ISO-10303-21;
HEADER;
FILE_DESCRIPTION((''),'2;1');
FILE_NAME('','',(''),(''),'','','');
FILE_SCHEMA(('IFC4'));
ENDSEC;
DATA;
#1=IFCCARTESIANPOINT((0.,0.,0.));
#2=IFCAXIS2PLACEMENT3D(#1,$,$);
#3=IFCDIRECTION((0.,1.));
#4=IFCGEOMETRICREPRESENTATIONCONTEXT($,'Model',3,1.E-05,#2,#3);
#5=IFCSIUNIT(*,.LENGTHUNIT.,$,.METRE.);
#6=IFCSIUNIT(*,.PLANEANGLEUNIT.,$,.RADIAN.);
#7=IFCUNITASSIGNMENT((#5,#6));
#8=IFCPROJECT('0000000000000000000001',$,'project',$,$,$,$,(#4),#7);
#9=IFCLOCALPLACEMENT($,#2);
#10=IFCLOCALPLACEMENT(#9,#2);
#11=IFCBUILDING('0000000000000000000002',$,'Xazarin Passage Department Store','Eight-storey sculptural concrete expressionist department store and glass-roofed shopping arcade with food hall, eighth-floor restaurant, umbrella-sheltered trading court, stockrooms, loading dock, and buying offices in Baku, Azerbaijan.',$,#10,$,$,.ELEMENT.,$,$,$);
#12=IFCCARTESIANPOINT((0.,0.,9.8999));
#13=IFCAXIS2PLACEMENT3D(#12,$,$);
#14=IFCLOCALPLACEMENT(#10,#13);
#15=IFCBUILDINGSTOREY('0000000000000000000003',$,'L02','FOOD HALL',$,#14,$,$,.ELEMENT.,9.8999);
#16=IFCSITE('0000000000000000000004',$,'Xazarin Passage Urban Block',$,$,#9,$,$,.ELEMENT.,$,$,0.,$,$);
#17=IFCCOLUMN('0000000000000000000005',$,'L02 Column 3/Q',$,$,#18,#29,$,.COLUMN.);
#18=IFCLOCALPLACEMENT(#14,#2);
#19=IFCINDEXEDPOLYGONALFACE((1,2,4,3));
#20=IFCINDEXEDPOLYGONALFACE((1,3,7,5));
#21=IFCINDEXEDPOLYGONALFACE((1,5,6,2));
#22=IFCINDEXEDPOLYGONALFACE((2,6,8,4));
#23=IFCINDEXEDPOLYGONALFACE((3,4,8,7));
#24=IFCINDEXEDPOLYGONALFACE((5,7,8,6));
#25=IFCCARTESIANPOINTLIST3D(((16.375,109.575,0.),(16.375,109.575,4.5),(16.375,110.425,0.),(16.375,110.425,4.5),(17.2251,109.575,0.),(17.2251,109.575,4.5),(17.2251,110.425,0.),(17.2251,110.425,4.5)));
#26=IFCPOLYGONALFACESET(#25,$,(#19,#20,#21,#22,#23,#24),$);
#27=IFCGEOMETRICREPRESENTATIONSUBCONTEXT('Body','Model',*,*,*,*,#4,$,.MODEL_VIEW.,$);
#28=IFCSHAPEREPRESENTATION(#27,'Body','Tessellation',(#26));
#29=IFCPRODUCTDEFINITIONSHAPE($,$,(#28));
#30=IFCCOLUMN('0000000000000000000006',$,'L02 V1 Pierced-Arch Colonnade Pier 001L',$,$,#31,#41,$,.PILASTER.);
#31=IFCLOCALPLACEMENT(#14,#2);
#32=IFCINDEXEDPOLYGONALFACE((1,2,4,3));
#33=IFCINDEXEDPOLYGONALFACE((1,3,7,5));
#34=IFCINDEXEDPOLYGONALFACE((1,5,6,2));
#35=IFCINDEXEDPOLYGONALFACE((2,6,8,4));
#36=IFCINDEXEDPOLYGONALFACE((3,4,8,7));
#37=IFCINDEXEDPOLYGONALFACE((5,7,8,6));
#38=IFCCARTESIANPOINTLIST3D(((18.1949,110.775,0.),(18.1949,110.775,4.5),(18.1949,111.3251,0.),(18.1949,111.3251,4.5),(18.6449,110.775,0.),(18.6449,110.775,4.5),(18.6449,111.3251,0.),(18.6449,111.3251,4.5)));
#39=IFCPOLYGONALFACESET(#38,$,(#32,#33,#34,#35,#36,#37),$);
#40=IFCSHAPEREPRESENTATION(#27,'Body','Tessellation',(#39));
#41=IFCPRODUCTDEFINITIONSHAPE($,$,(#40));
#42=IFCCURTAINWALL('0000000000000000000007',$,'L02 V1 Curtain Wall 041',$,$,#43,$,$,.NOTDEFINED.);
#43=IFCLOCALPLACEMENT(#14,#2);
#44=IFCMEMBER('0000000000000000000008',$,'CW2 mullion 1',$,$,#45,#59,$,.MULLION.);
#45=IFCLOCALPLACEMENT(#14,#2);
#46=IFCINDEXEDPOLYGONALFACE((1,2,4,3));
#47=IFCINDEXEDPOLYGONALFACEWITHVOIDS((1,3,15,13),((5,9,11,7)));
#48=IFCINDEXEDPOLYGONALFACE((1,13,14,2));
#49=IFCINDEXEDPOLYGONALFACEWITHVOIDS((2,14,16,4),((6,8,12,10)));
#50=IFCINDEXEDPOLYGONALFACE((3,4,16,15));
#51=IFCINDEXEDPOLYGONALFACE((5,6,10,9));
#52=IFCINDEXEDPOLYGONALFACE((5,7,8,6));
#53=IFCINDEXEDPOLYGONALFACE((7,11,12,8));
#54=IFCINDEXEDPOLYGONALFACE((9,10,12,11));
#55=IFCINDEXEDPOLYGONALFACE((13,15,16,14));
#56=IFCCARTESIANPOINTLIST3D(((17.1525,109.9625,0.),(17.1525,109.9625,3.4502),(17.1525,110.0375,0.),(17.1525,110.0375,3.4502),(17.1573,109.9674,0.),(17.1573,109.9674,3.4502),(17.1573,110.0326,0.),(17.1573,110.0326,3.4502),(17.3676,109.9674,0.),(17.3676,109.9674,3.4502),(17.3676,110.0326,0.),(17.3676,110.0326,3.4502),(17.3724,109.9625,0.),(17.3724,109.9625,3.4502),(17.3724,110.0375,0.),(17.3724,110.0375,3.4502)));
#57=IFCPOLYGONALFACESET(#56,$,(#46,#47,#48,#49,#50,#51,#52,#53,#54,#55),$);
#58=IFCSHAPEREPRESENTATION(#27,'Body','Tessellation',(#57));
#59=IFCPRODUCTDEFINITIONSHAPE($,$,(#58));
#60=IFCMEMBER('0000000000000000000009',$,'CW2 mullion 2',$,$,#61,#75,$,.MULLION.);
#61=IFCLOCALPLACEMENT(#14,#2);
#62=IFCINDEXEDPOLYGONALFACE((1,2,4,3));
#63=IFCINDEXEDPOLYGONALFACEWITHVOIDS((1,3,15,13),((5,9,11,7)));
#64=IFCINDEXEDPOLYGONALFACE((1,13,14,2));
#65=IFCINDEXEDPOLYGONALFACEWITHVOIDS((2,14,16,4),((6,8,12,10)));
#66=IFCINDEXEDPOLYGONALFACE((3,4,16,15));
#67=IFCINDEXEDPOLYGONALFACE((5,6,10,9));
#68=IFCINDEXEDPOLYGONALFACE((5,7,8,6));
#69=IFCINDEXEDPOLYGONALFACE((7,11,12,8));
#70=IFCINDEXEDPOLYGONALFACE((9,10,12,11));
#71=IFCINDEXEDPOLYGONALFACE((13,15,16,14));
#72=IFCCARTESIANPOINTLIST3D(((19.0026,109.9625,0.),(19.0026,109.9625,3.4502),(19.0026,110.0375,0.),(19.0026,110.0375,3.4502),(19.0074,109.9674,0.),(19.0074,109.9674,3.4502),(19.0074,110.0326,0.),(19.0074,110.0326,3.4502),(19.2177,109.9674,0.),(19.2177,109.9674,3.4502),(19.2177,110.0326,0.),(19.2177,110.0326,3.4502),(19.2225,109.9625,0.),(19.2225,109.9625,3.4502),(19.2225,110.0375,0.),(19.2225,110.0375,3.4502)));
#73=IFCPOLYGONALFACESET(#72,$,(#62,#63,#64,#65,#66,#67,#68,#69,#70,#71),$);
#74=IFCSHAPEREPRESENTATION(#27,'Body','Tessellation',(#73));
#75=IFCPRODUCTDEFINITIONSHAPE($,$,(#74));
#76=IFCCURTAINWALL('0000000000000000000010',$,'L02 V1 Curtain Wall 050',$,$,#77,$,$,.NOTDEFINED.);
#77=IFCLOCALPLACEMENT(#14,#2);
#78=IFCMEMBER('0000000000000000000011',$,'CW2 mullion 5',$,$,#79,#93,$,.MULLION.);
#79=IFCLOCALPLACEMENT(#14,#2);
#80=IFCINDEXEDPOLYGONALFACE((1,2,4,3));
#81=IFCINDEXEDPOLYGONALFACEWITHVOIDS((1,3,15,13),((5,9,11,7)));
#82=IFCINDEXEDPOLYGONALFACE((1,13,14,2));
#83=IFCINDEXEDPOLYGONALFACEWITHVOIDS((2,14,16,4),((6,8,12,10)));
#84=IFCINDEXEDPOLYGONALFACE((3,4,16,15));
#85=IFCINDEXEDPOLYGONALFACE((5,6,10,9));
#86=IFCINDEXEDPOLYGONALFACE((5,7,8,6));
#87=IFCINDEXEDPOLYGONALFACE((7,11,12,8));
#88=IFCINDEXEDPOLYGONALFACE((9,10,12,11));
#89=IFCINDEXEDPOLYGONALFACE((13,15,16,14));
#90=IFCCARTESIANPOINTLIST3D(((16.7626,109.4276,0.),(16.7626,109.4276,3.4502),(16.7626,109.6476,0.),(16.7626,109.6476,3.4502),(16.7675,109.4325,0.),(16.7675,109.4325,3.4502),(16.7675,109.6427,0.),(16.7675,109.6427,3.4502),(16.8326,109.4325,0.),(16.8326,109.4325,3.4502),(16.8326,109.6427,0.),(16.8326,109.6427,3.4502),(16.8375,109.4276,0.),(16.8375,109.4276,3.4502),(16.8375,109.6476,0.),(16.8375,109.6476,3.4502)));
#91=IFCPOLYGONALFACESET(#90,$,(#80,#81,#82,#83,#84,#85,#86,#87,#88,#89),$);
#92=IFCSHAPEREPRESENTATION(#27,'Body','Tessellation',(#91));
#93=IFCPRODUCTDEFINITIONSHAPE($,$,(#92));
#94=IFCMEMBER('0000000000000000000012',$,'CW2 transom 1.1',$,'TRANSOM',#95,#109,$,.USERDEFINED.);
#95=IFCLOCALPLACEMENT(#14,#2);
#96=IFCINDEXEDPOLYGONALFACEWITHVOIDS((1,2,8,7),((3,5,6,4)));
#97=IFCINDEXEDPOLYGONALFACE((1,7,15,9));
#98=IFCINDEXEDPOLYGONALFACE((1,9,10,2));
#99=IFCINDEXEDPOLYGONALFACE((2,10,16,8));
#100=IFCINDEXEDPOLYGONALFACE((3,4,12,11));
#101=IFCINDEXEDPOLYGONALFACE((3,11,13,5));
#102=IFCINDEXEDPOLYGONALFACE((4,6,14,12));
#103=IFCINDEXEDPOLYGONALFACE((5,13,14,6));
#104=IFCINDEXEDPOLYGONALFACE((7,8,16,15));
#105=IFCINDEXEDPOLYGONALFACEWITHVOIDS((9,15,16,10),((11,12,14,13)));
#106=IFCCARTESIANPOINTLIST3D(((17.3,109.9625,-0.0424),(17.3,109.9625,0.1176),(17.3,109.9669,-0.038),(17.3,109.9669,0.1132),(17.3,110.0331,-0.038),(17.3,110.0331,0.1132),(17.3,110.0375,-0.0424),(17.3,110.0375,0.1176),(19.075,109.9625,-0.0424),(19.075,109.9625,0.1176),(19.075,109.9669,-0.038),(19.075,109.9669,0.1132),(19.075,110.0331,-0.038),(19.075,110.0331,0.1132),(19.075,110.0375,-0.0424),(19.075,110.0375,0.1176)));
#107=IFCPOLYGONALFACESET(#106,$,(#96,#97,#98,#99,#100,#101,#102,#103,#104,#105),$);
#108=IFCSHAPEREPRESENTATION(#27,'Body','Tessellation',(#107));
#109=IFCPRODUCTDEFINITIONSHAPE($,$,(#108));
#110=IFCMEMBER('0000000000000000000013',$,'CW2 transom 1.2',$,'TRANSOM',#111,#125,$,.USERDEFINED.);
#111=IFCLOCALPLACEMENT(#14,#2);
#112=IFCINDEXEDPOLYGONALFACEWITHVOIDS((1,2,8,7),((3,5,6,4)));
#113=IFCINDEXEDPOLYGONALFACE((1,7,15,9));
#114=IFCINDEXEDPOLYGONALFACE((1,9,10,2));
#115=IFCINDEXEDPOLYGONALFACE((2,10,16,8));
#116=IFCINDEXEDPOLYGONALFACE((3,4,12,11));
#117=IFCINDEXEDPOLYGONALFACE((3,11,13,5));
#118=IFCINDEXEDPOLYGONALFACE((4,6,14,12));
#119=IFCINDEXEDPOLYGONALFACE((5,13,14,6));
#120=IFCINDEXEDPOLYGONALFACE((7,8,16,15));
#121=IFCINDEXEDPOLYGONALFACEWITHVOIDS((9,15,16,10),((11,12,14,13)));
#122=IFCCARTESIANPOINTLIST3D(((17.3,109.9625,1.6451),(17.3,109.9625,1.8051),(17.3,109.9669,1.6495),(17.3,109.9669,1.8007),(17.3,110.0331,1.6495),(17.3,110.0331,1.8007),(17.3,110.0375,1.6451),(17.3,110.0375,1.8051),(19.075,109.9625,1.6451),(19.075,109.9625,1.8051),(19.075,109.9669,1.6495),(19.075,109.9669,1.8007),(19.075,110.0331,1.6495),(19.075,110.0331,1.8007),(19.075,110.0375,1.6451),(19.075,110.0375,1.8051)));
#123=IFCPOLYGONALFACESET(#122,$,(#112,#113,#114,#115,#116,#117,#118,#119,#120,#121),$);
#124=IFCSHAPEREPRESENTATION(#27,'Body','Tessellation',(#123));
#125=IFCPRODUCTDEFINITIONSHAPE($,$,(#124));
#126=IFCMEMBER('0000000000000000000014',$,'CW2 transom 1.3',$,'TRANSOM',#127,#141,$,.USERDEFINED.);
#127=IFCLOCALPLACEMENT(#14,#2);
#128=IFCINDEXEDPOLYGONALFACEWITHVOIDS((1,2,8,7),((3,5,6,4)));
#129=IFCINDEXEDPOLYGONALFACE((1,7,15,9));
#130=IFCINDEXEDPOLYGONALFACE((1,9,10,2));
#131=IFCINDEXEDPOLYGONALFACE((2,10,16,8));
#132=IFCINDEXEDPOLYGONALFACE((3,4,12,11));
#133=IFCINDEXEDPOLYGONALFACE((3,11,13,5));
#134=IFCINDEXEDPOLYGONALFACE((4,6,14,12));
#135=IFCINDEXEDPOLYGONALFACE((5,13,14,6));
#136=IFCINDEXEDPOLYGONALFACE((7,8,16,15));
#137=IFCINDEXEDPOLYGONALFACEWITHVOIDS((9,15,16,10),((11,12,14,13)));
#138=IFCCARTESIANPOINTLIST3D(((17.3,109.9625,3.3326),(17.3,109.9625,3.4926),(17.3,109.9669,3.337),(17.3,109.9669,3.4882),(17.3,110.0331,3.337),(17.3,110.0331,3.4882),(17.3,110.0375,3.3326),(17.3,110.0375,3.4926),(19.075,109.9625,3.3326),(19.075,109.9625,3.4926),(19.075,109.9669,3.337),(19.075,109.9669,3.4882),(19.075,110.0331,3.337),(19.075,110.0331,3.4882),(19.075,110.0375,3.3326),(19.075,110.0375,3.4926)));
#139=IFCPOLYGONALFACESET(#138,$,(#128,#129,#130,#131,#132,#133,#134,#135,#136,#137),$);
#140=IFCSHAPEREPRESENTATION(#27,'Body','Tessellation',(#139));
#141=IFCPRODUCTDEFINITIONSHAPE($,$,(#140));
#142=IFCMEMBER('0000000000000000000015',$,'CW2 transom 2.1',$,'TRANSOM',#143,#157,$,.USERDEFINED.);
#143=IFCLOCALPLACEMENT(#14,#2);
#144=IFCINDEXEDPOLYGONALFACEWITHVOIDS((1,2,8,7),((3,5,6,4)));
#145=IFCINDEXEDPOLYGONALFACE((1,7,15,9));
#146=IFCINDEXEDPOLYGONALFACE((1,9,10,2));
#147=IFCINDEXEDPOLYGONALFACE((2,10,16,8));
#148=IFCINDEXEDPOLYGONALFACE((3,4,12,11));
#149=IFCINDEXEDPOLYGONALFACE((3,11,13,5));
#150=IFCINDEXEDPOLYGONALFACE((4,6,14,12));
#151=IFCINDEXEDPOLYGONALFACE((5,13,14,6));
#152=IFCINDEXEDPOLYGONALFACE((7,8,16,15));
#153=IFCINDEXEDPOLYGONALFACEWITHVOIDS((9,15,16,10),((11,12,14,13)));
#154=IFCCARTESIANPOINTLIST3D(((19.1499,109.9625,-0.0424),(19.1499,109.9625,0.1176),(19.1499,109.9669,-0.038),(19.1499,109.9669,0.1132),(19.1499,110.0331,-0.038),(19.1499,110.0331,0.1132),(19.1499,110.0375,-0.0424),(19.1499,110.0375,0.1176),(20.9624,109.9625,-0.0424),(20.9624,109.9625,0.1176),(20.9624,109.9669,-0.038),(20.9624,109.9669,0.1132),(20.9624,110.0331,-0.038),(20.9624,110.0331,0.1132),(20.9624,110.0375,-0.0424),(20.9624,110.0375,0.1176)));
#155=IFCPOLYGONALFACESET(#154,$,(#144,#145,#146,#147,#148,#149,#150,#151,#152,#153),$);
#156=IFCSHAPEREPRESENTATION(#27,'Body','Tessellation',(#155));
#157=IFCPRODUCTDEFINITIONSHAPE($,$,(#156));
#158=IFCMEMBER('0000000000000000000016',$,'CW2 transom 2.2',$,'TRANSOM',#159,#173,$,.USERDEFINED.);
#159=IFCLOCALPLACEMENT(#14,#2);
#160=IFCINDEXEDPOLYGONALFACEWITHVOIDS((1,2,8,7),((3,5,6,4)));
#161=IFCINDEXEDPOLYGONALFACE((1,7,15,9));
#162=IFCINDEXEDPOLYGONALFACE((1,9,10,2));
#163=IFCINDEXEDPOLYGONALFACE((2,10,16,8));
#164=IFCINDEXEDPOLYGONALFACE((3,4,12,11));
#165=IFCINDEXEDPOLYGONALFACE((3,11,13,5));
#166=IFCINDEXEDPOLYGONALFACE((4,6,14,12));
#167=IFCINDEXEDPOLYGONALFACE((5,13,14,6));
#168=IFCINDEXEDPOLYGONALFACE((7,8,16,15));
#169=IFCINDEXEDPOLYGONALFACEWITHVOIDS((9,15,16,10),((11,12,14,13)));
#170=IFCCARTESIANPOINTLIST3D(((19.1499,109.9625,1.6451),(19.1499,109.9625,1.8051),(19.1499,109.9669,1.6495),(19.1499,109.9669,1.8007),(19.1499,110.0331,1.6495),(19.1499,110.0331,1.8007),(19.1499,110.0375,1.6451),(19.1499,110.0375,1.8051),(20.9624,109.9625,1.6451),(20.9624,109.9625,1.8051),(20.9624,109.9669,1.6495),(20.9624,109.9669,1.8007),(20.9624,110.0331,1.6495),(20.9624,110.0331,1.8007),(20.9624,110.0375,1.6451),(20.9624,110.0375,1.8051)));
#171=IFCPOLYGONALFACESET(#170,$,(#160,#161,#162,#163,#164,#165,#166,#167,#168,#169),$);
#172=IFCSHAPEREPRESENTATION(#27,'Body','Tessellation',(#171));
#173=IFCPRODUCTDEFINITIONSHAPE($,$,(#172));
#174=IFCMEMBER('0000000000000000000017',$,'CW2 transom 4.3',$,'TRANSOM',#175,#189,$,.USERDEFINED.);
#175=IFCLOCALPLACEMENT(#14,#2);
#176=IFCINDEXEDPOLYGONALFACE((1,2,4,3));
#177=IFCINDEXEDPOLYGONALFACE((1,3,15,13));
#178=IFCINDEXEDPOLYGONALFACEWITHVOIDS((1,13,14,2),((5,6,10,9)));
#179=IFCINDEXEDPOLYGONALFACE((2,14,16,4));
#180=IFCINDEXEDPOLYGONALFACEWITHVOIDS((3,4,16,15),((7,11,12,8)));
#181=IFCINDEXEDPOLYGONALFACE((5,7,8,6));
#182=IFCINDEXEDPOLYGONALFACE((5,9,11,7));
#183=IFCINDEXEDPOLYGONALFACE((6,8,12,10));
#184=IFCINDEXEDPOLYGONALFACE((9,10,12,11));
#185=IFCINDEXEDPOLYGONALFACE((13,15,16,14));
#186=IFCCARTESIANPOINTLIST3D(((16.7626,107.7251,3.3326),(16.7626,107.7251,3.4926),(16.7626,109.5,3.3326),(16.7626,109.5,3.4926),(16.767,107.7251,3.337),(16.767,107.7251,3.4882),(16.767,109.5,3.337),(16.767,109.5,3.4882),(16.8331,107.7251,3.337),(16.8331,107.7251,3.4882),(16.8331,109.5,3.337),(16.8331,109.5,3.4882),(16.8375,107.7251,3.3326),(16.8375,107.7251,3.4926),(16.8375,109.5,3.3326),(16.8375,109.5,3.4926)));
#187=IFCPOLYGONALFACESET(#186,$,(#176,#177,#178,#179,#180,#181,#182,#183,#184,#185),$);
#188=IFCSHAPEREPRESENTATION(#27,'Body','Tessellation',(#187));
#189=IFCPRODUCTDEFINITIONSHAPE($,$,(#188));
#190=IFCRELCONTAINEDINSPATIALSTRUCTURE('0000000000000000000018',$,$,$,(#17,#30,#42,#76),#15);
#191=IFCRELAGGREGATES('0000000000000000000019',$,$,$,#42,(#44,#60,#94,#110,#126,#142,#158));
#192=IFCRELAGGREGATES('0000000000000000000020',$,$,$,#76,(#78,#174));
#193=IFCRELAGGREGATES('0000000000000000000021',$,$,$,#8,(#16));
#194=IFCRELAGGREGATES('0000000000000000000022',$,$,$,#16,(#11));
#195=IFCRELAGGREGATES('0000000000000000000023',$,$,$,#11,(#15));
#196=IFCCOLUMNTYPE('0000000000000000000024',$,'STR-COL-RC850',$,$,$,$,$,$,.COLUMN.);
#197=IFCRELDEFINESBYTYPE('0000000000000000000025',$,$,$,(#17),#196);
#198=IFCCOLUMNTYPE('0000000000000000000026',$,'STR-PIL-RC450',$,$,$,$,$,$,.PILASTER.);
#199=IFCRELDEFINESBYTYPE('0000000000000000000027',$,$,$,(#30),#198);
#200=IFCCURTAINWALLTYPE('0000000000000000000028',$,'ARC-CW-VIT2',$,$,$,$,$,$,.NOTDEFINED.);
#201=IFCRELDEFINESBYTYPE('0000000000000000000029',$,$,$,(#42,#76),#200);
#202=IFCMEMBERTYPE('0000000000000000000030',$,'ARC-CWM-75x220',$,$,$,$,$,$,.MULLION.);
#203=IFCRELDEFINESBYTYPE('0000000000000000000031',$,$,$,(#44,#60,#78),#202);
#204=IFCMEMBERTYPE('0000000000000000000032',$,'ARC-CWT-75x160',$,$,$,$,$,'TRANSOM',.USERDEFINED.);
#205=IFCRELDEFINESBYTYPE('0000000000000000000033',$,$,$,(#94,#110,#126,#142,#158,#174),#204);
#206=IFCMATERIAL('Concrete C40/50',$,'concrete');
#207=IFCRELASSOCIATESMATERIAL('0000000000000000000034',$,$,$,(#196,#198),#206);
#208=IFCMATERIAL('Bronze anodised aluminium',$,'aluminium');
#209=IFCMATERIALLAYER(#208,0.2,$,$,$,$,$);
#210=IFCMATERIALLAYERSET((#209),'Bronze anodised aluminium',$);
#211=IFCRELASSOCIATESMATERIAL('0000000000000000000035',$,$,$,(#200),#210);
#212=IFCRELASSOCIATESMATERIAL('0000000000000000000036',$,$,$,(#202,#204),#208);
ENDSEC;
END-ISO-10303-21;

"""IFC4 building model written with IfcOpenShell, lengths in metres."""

from ifc_helpers import new_model, si_unit, direction, frame, origin, origin_2d, place, context, subcontext, project, spatial, rectangle, hollow_rectangle, extrude, material, layer, layer_set, material_profile, profile_set, type_object, element, aggregate, save


model = new_model("IFC4")

# Units and contexts
model_context = context("Model", 3, precision=1e-05, world=origin(), true_north=direction((0.0, 1.0)))
body_context = subcontext(model_context, "Body", "Model", "MODEL_VIEW")
ifc_project = project(units=[si_unit("LENGTHUNIT", "METRE"), si_unit("PLANEANGLEUNIT", "RADIAN")], contexts=[model_context])

# Site, building, storey
site_placement = place(None, origin())
site = spatial("IfcSite", under=ifc_project, at=site_placement, Name="Xazarin Passage Urban Block", CompositionType="ELEMENT", RefElevation=0.0)
building_placement = place(site_placement, origin())
building = spatial("IfcBuilding", under=site, at=building_placement, Name="Xazarin Passage Department Store", Description="Eight-storey sculptural concrete expressionist department store and glass-roofed shopping arcade with food hall, eighth-floor restaurant, umbrella-sheltered trading court, stockrooms, loading dock, and buying offices in Baku, Azerbaijan.", CompositionType="ELEMENT")
storey_placement = place(building_placement, frame((0.0, 0.0, 9.8999)))
storey = spatial("IfcBuildingStorey", under=building, at=storey_placement, Name="L02", Description="FOOD HALL", CompositionType="ELEMENT", Elevation=9.8999)

# Columns
ifc_material_1 = material(Name="Concrete C40/50", Category="concrete")
ifc_material_profile_1 = material_profile(ifc_material_1, rectangle(XDim=0.8501, YDim=0.8501, at=origin_2d()), Name="RC 850x850")
ifc_profile_set_1 = profile_set([ifc_material_profile_1], Name="Concrete C40/50")
column_type_1 = type_object("IfcColumnType", Name="STR-COL-RC850", PredefinedType="COLUMN", material=ifc_profile_set_1)
column_1_placement = place(storey_placement, frame((16.8, 110.0, 0.0), z_axis=(0.0, 0.0, 1.0), x_axis=(1.0, 0.0, 0.0)))
element("IfcColumn", 1, at=column_1_placement, inside=storey, type_object=column_type_1, Name="L02 Column 3/Q", PredefinedType="COLUMN", context=body_context, shape_type="SweptSolid", body=[
    extrude(rectangle(XDim=0.8501, YDim=0.8501, at=origin_2d()), origin(), (0.0, 0.0, 1.0), 4.5),
])
ifc_material_profile_2 = material_profile(ifc_material_1, rectangle(XDim=0.45, YDim=0.55, at=origin_2d()), Name="RC 450x550")
ifc_profile_set_2 = profile_set([ifc_material_profile_2], Name="Concrete C40/50")
column_type_2 = type_object("IfcColumnType", Name="STR-PIL-RC450", PredefinedType="PILASTER", material=ifc_profile_set_2)
column_2_placement = place(storey_placement, frame((18.4199, 111.05, 0.0), z_axis=(0.0, 0.0, 1.0), x_axis=(1.0, 0.0, 0.0)))
element("IfcColumn", 2, at=column_2_placement, inside=storey, type_object=column_type_2, Name="L02 V1 Pierced-Arch Colonnade Pier 001L", PredefinedType="PILASTER", context=body_context, shape_type="SweptSolid", body=[
    extrude(rectangle(XDim=0.45, YDim=0.55, at=origin_2d()), origin(), (0.0, 0.0, 1.0), 4.5),
])

# Curtain wall, members
ifc_material_2 = material(Name="Bronze anodised aluminium", Category="aluminium")
ifc_layer_1 = layer(ifc_material_2, 0.2)
ifc_layer_set_1 = layer_set([ifc_layer_1], Name="Bronze anodised aluminium")
curtain_wall_type = type_object("IfcCurtainWallType", Name="ARC-CW-VIT2", PredefinedType="NOTDEFINED", material=ifc_layer_set_1)
curtain_wall_1_placement = place(storey_placement, origin())
curtain_wall_1 = element("IfcCurtainWall", 3, at=curtain_wall_1_placement, inside=storey, type_object=curtain_wall_type, Name="L02 V1 Curtain Wall 041", PredefinedType="NOTDEFINED")
ifc_material_profile_3 = material_profile(ifc_material_2, hollow_rectangle(XDim=0.075, YDim=0.22, WallThickness=0.0049, at=origin_2d()), Name="ALU 75x220")
ifc_profile_set_3 = profile_set([ifc_material_profile_3], Name="Bronze anodised aluminium")
member_type_1 = type_object("IfcMemberType", Name="ARC-CWM-75x220", PredefinedType="MULLION", material=ifc_profile_set_3)
member_1_placement = place(storey_placement, frame((17.2625, 110.0, 0.0), z_axis=(0.0, 0.0, 1.0), x_axis=(0.0, 1.0, 0.0)))
member_1 = element("IfcMember", 4, at=member_1_placement, type_object=member_type_1, Name="CW2 mullion 1", PredefinedType="MULLION", context=body_context, shape_type="SweptSolid", body=[
    extrude(hollow_rectangle(XDim=0.075, YDim=0.22, WallThickness=0.0049, at=origin_2d()), origin(), (0.0, 0.0, 1.0), 3.4502),
])
member_2_placement = place(storey_placement, frame((19.1125, 110.0, 0.0), z_axis=(0.0, 0.0, 1.0), x_axis=(0.0, 1.0, 0.0)))
member_2 = element("IfcMember", 5, at=member_2_placement, type_object=member_type_1, Name="CW2 mullion 2", PredefinedType="MULLION", context=body_context, shape_type="SweptSolid", body=[
    extrude(hollow_rectangle(XDim=0.075, YDim=0.22, WallThickness=0.0049, at=origin_2d()), origin(), (0.0, 0.0, 1.0), 3.4502),
])

# Curtain wall, member
curtain_wall_2_placement = place(storey_placement, origin())
curtain_wall_2 = element("IfcCurtainWall", 6, at=curtain_wall_2_placement, inside=storey, type_object=curtain_wall_type, Name="L02 V1 Curtain Wall 050", PredefinedType="NOTDEFINED")
member_3_placement = place(storey_placement, frame((16.8, 109.5376, 0.0), z_axis=(0.0, 0.0, 1.0), x_axis=(-1.0, 0.0, 0.0)))
member_3 = element("IfcMember", 7, at=member_3_placement, type_object=member_type_1, Name="CW2 mullion 5", PredefinedType="MULLION", context=body_context, shape_type="SweptSolid", body=[
    extrude(hollow_rectangle(XDim=0.075, YDim=0.22, WallThickness=0.0049, at=origin_2d()), origin(), (0.0, 0.0, 1.0), 3.4502),
])

# Members
ifc_material_profile_4 = material_profile(ifc_material_2, hollow_rectangle(XDim=0.075, YDim=0.1599, WallThickness=0.0044, at=origin_2d()), Name="ALU 75x160")
ifc_profile_set_4 = profile_set([ifc_material_profile_4], Name="Bronze anodised aluminium")
member_type_2 = type_object("IfcMemberType", Name="ARC-CWT-75x160", ElementType="TRANSOM", PredefinedType="USERDEFINED", material=ifc_profile_set_4)
member_4_placement = place(storey_placement, frame((17.3, 110.0, 0.0376), z_axis=(1.0, 0.0, 0.0), x_axis=(0.0, 1.0, 0.0)))
member_4 = element("IfcMember", 8, at=member_4_placement, type_object=member_type_2, Name="CW2 transom 1.1", ObjectType="TRANSOM", PredefinedType="USERDEFINED", context=body_context, shape_type="SweptSolid", body=[
    extrude(hollow_rectangle(XDim=0.075, YDim=0.1599, WallThickness=0.0044, at=origin_2d()), origin(), (0.0, 0.0, 1.0), 1.7749),
])
member_5_placement = place(storey_placement, frame((17.3, 110.0, 1.7251), z_axis=(1.0, 0.0, 0.0), x_axis=(0.0, 1.0, 0.0)))
member_5 = element("IfcMember", 9, at=member_5_placement, type_object=member_type_2, Name="CW2 transom 1.2", ObjectType="TRANSOM", PredefinedType="USERDEFINED", context=body_context, shape_type="SweptSolid", body=[
    extrude(hollow_rectangle(XDim=0.075, YDim=0.1599, WallThickness=0.0044, at=origin_2d()), origin(), (0.0, 0.0, 1.0), 1.7749),
])
member_6_placement = place(storey_placement, frame((17.3, 110.0, 3.4126), z_axis=(1.0, 0.0, 0.0), x_axis=(0.0, 1.0, 0.0)))
member_6 = element("IfcMember", 10, at=member_6_placement, type_object=member_type_2, Name="CW2 transom 1.3", ObjectType="TRANSOM", PredefinedType="USERDEFINED", context=body_context, shape_type="SweptSolid", body=[
    extrude(hollow_rectangle(XDim=0.075, YDim=0.1599, WallThickness=0.0044, at=origin_2d()), origin(), (0.0, 0.0, 1.0), 1.7749),
])
member_7_placement = place(storey_placement, frame((19.1499, 110.0, 0.0376), z_axis=(1.0, 0.0, 0.0), x_axis=(0.0, 1.0, 0.0)))
member_7 = element("IfcMember", 11, at=member_7_placement, type_object=member_type_2, Name="CW2 transom 2.1", ObjectType="TRANSOM", PredefinedType="USERDEFINED", context=body_context, shape_type="SweptSolid", body=[
    extrude(hollow_rectangle(XDim=0.075, YDim=0.1599, WallThickness=0.0044, at=origin_2d()), origin(), (0.0, 0.0, 1.0), 1.8125),
])
member_8_placement = place(storey_placement, frame((19.1499, 110.0, 1.7251), z_axis=(1.0, 0.0, 0.0), x_axis=(0.0, 1.0, 0.0)))
member_8 = element("IfcMember", 12, at=member_8_placement, type_object=member_type_2, Name="CW2 transom 2.2", ObjectType="TRANSOM", PredefinedType="USERDEFINED", context=body_context, shape_type="SweptSolid", body=[
    extrude(hollow_rectangle(XDim=0.075, YDim=0.1599, WallThickness=0.0044, at=origin_2d()), origin(), (0.0, 0.0, 1.0), 1.8125),
])
member_9_placement = place(storey_placement, frame((16.8, 107.7251, 3.4126), z_axis=(0.0, 1.0, 0.0), x_axis=(-1.0, 0.0, 0.0)))
member_9 = element("IfcMember", 13, at=member_9_placement, type_object=member_type_2, Name="CW2 transom 4.3", ObjectType="TRANSOM", PredefinedType="USERDEFINED", context=body_context, shape_type="SweptSolid", body=[
    extrude(hollow_rectangle(XDim=0.075, YDim=0.1599, WallThickness=0.0044, at=origin_2d()), origin(), (0.0, 0.0, 1.0), 1.7749),
])

aggregate(curtain_wall_1, [member_1, member_2, member_4, member_5, member_6, member_7, member_8])
aggregate(curtain_wall_2, [member_3, member_9])

save(model, "model.ifc")
